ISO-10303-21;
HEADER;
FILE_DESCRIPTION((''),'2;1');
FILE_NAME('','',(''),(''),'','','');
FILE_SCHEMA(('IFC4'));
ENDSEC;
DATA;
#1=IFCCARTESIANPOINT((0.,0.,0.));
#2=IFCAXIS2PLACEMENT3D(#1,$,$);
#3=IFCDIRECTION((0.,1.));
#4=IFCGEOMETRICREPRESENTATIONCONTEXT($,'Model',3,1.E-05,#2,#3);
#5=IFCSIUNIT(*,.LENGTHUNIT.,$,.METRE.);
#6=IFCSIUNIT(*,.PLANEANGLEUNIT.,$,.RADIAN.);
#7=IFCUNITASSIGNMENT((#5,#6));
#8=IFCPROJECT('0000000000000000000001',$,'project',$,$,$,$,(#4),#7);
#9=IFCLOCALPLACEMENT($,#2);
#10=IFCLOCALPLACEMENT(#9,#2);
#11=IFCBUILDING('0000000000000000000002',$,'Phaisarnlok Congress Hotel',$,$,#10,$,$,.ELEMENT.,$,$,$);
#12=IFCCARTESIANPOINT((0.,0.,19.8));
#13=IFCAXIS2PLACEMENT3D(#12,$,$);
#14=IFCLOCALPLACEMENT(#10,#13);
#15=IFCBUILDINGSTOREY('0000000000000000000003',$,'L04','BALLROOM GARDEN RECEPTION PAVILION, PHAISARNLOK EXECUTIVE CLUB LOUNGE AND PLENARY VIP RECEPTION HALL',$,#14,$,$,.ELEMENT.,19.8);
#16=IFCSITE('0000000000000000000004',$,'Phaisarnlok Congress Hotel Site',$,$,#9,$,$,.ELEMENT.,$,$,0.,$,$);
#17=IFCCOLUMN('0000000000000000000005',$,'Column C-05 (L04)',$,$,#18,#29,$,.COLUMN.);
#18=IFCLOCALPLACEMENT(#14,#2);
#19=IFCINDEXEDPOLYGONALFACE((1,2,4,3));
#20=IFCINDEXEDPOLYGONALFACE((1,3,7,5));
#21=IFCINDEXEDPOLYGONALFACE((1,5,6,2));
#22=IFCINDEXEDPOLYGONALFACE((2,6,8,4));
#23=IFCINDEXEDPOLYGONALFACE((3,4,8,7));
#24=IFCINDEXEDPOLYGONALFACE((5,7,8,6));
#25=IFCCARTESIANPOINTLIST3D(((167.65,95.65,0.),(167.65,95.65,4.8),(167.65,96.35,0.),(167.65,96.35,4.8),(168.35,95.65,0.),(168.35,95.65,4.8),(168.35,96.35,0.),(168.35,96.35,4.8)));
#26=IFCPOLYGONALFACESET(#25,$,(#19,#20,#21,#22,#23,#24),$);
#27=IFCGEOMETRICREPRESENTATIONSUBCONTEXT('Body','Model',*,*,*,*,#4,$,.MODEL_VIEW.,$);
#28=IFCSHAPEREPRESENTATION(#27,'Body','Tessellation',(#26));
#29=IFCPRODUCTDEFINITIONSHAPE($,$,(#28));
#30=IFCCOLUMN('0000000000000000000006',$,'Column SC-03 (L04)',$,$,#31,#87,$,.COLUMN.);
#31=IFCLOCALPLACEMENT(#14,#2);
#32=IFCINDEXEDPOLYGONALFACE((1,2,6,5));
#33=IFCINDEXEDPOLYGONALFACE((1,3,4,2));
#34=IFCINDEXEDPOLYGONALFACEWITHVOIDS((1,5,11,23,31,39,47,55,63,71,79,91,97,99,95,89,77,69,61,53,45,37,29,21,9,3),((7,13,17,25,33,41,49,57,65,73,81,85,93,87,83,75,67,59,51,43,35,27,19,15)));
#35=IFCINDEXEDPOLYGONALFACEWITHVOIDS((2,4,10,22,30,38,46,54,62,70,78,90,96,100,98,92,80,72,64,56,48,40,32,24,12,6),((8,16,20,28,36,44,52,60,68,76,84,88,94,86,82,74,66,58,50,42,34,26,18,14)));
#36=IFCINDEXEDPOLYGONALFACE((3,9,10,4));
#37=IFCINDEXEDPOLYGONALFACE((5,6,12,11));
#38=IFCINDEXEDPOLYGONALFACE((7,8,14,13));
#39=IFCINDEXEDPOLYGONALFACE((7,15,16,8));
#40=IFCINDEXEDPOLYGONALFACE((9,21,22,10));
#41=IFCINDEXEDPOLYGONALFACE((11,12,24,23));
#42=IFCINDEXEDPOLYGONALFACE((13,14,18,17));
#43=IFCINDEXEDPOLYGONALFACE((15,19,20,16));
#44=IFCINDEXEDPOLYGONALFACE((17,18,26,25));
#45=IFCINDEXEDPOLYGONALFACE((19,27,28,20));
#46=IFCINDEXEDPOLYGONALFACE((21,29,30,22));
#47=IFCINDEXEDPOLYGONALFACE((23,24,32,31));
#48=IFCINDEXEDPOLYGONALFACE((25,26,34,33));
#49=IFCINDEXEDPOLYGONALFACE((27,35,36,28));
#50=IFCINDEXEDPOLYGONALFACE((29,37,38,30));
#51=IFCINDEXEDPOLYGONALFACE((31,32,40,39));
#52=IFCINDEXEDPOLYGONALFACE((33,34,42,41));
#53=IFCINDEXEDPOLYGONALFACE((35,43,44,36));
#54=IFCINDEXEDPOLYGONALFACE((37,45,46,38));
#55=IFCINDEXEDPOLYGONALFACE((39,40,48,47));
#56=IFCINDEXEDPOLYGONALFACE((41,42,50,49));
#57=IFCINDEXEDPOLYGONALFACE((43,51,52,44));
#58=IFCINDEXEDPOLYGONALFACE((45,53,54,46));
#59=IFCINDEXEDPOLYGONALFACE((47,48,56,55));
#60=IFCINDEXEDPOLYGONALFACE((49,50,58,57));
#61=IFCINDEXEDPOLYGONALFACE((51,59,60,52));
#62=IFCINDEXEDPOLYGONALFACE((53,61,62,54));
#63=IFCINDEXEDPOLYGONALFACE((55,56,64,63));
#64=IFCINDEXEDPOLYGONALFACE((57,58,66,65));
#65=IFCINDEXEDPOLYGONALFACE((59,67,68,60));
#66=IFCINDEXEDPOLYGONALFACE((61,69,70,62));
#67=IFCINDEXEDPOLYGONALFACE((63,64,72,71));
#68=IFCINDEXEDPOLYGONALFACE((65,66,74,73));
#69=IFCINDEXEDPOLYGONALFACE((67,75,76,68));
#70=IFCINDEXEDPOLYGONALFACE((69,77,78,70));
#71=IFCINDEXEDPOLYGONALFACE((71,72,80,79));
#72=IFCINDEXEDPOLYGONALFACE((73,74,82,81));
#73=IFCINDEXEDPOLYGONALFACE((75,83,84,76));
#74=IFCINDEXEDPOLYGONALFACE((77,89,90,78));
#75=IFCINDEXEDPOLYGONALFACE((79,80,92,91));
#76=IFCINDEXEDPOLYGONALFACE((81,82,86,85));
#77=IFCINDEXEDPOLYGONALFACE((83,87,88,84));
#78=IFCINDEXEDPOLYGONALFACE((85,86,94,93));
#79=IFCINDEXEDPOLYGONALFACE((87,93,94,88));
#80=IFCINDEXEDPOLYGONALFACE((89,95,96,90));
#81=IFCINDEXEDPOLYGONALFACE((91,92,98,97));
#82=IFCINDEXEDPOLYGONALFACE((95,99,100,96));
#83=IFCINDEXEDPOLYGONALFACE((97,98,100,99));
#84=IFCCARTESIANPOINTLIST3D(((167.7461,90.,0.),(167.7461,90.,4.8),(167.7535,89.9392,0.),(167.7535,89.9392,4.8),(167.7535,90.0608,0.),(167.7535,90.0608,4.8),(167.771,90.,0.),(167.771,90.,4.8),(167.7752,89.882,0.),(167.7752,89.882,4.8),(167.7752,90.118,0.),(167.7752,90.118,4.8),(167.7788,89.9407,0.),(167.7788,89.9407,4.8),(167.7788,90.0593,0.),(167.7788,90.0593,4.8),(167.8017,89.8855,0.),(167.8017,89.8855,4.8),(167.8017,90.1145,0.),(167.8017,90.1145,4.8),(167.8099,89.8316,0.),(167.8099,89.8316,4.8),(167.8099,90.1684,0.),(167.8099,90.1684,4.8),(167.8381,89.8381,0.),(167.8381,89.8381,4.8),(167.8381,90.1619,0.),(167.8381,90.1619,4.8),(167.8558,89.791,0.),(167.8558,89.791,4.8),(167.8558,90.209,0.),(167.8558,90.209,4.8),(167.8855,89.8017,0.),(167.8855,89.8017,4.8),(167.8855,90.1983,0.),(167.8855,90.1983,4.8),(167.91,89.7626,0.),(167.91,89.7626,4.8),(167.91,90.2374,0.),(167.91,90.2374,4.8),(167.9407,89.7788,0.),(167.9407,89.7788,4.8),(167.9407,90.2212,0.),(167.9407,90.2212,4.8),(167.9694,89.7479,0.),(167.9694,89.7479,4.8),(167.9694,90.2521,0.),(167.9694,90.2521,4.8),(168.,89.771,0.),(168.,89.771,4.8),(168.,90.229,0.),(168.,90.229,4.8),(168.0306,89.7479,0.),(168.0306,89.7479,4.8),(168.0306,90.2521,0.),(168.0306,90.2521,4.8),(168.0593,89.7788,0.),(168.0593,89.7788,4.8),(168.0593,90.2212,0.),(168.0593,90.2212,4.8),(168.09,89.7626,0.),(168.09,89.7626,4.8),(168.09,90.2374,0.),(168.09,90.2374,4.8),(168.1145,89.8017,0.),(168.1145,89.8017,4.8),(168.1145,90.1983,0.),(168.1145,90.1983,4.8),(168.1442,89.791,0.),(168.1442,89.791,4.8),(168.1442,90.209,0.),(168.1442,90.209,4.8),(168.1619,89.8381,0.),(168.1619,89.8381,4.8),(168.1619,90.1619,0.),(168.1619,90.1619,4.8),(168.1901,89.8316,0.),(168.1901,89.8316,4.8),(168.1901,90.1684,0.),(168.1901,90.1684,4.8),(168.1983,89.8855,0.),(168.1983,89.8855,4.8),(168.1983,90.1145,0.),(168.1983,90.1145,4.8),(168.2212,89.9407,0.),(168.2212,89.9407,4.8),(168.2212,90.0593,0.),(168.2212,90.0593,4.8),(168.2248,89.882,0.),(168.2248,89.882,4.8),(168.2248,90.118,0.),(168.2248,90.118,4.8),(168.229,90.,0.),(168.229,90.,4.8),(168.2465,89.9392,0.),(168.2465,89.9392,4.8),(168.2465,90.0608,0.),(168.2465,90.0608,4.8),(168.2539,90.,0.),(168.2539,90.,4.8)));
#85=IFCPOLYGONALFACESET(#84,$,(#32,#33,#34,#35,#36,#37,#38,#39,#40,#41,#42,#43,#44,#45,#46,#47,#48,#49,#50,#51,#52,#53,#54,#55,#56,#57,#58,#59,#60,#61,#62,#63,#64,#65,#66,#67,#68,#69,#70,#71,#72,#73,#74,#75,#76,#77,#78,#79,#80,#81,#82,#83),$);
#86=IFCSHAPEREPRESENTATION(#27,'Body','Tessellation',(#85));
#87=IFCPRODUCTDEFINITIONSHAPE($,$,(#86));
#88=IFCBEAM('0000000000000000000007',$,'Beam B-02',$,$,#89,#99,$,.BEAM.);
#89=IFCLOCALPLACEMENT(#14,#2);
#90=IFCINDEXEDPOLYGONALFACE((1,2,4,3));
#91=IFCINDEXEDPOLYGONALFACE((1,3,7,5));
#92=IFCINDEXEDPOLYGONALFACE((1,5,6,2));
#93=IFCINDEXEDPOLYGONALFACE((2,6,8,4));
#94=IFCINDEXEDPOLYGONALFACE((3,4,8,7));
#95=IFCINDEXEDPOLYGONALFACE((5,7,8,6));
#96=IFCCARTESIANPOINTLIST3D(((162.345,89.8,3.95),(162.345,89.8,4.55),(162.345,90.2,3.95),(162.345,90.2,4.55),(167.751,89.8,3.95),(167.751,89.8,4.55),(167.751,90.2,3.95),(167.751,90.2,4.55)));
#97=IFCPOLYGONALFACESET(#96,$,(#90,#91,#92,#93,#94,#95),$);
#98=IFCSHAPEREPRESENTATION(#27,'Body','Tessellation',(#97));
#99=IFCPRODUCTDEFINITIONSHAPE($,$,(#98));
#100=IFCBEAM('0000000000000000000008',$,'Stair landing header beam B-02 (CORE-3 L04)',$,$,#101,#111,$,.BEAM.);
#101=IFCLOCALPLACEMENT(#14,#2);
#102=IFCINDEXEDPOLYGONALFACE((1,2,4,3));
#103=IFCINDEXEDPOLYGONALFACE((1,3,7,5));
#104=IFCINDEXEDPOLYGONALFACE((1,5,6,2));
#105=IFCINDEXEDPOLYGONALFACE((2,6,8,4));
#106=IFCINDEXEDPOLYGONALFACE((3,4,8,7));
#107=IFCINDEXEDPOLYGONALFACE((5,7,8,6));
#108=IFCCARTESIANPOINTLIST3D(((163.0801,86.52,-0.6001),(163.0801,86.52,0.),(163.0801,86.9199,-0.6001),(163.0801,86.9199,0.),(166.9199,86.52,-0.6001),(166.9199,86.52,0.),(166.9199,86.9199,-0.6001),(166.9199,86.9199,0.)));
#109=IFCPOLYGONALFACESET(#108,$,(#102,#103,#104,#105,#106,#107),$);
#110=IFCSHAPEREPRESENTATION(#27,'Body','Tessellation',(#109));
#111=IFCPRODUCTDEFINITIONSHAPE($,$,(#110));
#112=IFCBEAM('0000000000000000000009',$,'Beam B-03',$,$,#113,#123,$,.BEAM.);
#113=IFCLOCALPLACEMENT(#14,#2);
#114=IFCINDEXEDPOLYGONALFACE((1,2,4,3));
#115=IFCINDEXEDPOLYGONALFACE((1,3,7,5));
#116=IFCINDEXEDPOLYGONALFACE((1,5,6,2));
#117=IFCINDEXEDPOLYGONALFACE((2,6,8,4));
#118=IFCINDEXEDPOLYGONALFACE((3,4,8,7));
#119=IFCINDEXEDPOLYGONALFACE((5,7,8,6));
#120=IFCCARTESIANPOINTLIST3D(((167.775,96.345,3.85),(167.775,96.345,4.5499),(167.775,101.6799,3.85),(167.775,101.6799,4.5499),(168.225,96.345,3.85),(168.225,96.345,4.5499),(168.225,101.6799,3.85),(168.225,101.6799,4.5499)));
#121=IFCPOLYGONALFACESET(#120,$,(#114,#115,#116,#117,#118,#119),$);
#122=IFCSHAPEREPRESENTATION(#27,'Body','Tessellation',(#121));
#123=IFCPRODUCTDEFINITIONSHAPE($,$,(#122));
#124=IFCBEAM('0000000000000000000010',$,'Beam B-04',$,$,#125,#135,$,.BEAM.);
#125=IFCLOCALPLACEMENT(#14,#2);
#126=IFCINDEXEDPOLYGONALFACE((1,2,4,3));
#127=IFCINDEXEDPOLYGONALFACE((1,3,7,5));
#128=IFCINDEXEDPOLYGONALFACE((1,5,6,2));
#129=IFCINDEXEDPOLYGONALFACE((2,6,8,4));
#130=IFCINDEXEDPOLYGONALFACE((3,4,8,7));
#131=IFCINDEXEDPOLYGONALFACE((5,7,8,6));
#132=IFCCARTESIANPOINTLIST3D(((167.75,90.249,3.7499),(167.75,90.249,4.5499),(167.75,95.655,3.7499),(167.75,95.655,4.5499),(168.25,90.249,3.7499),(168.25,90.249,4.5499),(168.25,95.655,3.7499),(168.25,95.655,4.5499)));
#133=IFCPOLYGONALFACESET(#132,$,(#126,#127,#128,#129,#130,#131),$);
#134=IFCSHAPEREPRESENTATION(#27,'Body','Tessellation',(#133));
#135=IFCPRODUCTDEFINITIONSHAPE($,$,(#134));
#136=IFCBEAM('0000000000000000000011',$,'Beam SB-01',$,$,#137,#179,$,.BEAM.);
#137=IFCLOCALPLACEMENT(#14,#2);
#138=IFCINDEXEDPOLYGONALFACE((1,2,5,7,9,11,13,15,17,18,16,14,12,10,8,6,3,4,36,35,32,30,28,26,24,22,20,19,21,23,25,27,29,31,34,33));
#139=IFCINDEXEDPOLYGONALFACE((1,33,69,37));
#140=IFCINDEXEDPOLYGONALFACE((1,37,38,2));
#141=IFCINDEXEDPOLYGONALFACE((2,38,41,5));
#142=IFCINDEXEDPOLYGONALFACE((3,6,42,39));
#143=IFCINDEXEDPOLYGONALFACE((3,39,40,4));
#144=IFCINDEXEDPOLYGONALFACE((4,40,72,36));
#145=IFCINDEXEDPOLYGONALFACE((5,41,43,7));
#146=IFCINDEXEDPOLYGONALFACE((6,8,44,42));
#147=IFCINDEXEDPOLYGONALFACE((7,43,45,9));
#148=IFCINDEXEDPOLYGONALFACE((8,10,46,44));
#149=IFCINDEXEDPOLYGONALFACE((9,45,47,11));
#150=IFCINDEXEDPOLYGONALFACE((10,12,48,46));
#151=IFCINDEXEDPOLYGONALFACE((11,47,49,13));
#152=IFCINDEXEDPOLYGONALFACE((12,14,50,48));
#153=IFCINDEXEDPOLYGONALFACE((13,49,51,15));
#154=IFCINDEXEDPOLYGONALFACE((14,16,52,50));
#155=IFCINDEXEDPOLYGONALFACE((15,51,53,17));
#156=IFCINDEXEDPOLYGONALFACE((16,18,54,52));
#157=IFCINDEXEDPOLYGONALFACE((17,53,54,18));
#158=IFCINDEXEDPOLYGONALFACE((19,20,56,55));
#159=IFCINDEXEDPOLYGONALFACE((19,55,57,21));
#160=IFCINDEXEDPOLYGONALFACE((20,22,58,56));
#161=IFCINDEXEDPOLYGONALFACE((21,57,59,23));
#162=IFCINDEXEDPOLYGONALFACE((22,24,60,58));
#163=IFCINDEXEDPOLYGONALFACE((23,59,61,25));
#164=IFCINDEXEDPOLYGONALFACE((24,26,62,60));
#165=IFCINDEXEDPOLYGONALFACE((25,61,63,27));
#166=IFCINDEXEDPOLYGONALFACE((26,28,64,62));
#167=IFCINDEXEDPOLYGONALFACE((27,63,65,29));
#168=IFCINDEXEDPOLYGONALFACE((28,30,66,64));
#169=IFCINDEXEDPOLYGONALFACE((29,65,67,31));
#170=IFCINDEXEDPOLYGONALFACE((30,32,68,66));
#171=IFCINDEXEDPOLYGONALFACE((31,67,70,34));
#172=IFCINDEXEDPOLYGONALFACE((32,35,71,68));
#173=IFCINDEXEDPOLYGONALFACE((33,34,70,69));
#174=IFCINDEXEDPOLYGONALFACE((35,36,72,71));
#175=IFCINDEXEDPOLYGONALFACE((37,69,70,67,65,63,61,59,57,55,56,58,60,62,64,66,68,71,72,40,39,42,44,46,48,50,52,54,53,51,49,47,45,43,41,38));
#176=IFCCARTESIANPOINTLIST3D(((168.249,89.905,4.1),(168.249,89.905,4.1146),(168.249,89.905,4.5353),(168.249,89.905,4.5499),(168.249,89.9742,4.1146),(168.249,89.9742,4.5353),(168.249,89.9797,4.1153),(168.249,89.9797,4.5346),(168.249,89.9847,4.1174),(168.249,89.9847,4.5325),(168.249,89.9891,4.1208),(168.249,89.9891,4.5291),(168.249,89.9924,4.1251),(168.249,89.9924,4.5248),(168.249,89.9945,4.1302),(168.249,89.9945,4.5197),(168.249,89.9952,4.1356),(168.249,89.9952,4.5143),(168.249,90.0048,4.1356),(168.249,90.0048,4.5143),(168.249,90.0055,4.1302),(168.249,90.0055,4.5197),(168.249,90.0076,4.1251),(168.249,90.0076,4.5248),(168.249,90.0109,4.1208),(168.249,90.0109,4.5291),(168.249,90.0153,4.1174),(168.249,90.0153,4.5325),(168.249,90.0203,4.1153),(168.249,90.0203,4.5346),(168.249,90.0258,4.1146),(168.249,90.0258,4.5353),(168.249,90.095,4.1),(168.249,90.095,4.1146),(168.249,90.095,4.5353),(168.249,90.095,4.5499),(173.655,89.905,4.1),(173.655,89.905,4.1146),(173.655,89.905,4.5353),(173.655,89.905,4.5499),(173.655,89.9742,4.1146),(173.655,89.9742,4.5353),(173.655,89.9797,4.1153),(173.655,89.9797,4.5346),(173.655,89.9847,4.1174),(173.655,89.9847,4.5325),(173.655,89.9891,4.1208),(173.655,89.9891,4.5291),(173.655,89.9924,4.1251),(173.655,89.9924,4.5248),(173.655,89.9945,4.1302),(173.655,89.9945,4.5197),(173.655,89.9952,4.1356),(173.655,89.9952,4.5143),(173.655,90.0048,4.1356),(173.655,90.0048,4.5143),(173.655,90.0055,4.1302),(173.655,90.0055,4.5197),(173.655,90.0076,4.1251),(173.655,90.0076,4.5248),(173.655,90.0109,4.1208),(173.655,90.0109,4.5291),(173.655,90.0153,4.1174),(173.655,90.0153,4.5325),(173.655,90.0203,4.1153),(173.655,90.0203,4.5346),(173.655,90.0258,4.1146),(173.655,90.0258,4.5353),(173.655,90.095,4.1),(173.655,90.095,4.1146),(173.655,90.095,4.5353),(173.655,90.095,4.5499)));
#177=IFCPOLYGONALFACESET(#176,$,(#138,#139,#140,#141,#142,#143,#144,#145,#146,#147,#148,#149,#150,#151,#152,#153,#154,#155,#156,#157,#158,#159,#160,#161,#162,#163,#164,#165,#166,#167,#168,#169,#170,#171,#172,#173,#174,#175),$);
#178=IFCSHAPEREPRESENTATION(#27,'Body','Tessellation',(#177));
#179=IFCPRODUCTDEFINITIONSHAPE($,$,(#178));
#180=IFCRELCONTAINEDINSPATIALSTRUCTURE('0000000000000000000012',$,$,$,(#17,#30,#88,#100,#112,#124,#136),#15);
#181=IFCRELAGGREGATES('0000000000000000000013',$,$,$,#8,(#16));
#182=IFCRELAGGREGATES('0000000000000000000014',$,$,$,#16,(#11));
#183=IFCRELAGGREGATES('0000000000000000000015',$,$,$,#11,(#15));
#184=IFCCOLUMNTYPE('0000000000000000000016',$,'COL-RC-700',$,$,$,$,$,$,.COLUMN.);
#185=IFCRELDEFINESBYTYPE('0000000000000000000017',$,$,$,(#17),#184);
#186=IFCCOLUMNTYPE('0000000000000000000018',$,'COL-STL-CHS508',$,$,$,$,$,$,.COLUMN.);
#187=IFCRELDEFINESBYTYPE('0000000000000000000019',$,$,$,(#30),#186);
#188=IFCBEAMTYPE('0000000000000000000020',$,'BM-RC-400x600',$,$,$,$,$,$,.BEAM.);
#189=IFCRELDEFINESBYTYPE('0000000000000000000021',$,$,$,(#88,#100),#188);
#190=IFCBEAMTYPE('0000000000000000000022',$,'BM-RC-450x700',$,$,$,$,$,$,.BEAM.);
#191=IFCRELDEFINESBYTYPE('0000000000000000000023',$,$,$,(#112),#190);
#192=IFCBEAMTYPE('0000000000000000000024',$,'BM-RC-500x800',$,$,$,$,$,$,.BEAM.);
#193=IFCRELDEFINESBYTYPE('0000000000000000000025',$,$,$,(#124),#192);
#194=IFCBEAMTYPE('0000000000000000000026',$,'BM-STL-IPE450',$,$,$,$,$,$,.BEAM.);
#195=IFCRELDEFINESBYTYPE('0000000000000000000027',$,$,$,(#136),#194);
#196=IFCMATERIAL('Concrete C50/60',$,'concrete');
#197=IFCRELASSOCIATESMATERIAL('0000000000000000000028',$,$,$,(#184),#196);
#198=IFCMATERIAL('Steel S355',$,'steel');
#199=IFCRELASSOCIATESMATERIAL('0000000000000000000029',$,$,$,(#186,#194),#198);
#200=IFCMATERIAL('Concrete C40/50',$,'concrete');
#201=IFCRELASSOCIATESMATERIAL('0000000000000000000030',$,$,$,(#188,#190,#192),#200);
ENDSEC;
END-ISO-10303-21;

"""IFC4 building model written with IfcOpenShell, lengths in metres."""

from ifc_helpers import new_model, si_unit, direction, frame, origin, origin_2d, place, context, subcontext, project, spatial, rectangle, hollow_circle, i_section, extrude, material, material_profile, profile_set, type_object, element, save


model = new_model("IFC4")

# Units and contexts
model_context = context("Model", 3, precision=1e-05, world=origin(), true_north=direction((0.0, 1.0)))
body_context = subcontext(model_context, "Body", "Model", "MODEL_VIEW")
ifc_project = project(units=[si_unit("LENGTHUNIT", "METRE"), si_unit("PLANEANGLEUNIT", "RADIAN")], contexts=[model_context])

# Site, building, storey
site_placement = place(None, origin())
site = spatial("IfcSite", under=ifc_project, at=site_placement, Name="Phaisarnlok Congress Hotel Site", CompositionType="ELEMENT", RefElevation=0.0)
building_placement = place(site_placement, origin())
building = spatial("IfcBuilding", under=site, at=building_placement, Name="Phaisarnlok Congress Hotel", CompositionType="ELEMENT")
storey_placement = place(building_placement, frame((0.0, 0.0, 19.8)))
storey = spatial("IfcBuildingStorey", under=building, at=storey_placement, Name="L04", Description="BALLROOM GARDEN RECEPTION PAVILION, PHAISARNLOK EXECUTIVE CLUB LOUNGE AND PLENARY VIP RECEPTION HALL", CompositionType="ELEMENT", Elevation=19.8)

# Columns
ifc_material_1 = material(Name="Concrete C50/60", Category="concrete")
ifc_material_profile_1 = material_profile(ifc_material_1, rectangle(XDim=0.7, YDim=0.7, at=origin_2d()), Name="RC 700x700")
ifc_profile_set_1 = profile_set([ifc_material_profile_1], Name="Concrete C50/60")
column_type_1 = type_object("IfcColumnType", Name="COL-RC-700", PredefinedType="COLUMN", material=ifc_profile_set_1)
column_1_placement = place(storey_placement, frame((168.0, 96.0, 0.0), z_axis=(0.0, 0.0, 1.0), x_axis=(1.0, 0.0, 0.0)))
element("IfcColumn", 1, at=column_1_placement, inside=storey, type_object=column_type_1, Name="Column C-05 (L04)", PredefinedType="COLUMN", context=body_context, shape_type="SweptSolid", body=[
    extrude(rectangle(XDim=0.7, YDim=0.7, at=origin_2d()), origin(), (0.0, 0.0, 1.0), 4.8),
])
ifc_material_2 = material(Name="Steel S355", Category="steel")
ifc_material_profile_2 = material_profile(ifc_material_2, hollow_circle(Radius=0.2539, WallThickness=0.0249, at=origin_2d()), Name="CHS 508x25")
ifc_profile_set_2 = profile_set([ifc_material_profile_2], Name="Steel S355")
column_type_2 = type_object("IfcColumnType", Name="COL-STL-CHS508", PredefinedType="COLUMN", material=ifc_profile_set_2)
column_2_placement = place(storey_placement, frame((168.0, 90.0, 0.0), z_axis=(0.0, 0.0, 1.0), x_axis=(1.0, 0.0, 0.0)))
element("IfcColumn", 2, at=column_2_placement, inside=storey, type_object=column_type_2, Name="Column SC-03 (L04)", PredefinedType="COLUMN", context=body_context, shape_type="SweptSolid", body=[
    extrude(hollow_circle(Radius=0.2539, WallThickness=0.0249, at=origin_2d()), origin(), (0.0, 0.0, 1.0), 4.8),
])

# Beams
ifc_material_3 = material(Name="Concrete C40/50", Category="concrete")
ifc_material_profile_3 = material_profile(ifc_material_3, rectangle(XDim=0.3999, YDim=0.6001, at=origin_2d()), Name="RC 400x600")
ifc_profile_set_3 = profile_set([ifc_material_profile_3], Name="Concrete C40/50")
beam_type_1 = type_object("IfcBeamType", Name="BM-RC-400x600", PredefinedType="BEAM", material=ifc_profile_set_3)
beam_1_placement = place(storey_placement, frame((162.345, 90.0, 4.25), z_axis=(1.0, 0.0, 0.0), x_axis=(0.0, 1.0, 0.0)))
element("IfcBeam", 3, at=beam_1_placement, inside=storey, type_object=beam_type_1, Name="Beam B-02", PredefinedType="BEAM", context=body_context, shape_type="SweptSolid", body=[
    extrude(rectangle(XDim=0.3999, YDim=0.6001, at=origin_2d()), origin(), (0.0, 0.0, 1.0), 5.406),
])
beam_2_placement = place(storey_placement, frame((163.0801, 86.72, -0.3), z_axis=(1.0, 0.0, 0.0), x_axis=(0.0, 1.0, 0.0)))
element("IfcBeam", 4, at=beam_2_placement, inside=storey, type_object=beam_type_1, Name="Stair landing header beam B-02 (CORE-3 L04)", PredefinedType="BEAM", context=body_context, shape_type="SweptSolid", body=[
    extrude(rectangle(XDim=0.3999, YDim=0.6001, at=origin_2d()), origin(), (0.0, 0.0, 1.0), 3.8398),
])
ifc_material_profile_4 = material_profile(ifc_material_3, rectangle(XDim=0.45, YDim=0.7, at=origin_2d()), Name="RC 450x700")
ifc_profile_set_4 = profile_set([ifc_material_profile_4], Name="Concrete C40/50")
beam_type_2 = type_object("IfcBeamType", Name="BM-RC-450x700", PredefinedType="BEAM", material=ifc_profile_set_4)
beam_3_placement = place(storey_placement, frame((168.0, 96.345, 4.2), z_axis=(0.0, 1.0, 0.0), x_axis=(-1.0, 0.0, 0.0)))
element("IfcBeam", 5, at=beam_3_placement, inside=storey, type_object=beam_type_2, Name="Beam B-03", PredefinedType="BEAM", context=body_context, shape_type="SweptSolid", body=[
    extrude(rectangle(XDim=0.45, YDim=0.7, at=origin_2d()), origin(), (0.0, 0.0, 1.0), 5.335),
])
ifc_material_profile_5 = material_profile(ifc_material_3, rectangle(XDim=0.5, YDim=0.8, at=origin_2d()), Name="RC 500x800")
ifc_profile_set_5 = profile_set([ifc_material_profile_5], Name="Concrete C40/50")
beam_type_3 = type_object("IfcBeamType", Name="BM-RC-500x800", PredefinedType="BEAM", material=ifc_profile_set_5)
beam_4_placement = place(storey_placement, frame((168.0, 90.249, 4.1499), z_axis=(0.0, 1.0, 0.0), x_axis=(-1.0, 0.0, 0.0)))
element("IfcBeam", 6, at=beam_4_placement, inside=storey, type_object=beam_type_3, Name="Beam B-04", PredefinedType="BEAM", context=body_context, shape_type="SweptSolid", body=[
    extrude(rectangle(XDim=0.5, YDim=0.8, at=origin_2d()), origin(), (0.0, 0.0, 1.0), 5.406),
])
ifc_material_profile_6 = material_profile(ifc_material_2, i_section(OverallWidth=0.1899, OverallDepth=0.45, WebThickness=0.0095, FlangeThickness=0.0146, FilletRadius=0.021, at=origin_2d()), Name="IPE 450")
ifc_profile_set_6 = profile_set([ifc_material_profile_6], Name="Steel S355")
beam_type_4 = type_object("IfcBeamType", Name="BM-STL-IPE450", PredefinedType="BEAM", material=ifc_profile_set_6)
beam_5_placement = place(storey_placement, frame((168.249, 90.0, 4.325), z_axis=(1.0, 0.0, 0.0), x_axis=(0.0, 1.0, 0.0)))
element("IfcBeam", 7, at=beam_5_placement, inside=storey, type_object=beam_type_4, Name="Beam SB-01", PredefinedType="BEAM", context=body_context, shape_type="SweptSolid", body=[
    extrude(i_section(OverallWidth=0.1899, OverallDepth=0.45, WebThickness=0.0095, FlangeThickness=0.0146, FilletRadius=0.021, at=origin_2d()), origin(), (0.0, 0.0, 1.0), 5.406),
])

save(model, "model.ifc")
